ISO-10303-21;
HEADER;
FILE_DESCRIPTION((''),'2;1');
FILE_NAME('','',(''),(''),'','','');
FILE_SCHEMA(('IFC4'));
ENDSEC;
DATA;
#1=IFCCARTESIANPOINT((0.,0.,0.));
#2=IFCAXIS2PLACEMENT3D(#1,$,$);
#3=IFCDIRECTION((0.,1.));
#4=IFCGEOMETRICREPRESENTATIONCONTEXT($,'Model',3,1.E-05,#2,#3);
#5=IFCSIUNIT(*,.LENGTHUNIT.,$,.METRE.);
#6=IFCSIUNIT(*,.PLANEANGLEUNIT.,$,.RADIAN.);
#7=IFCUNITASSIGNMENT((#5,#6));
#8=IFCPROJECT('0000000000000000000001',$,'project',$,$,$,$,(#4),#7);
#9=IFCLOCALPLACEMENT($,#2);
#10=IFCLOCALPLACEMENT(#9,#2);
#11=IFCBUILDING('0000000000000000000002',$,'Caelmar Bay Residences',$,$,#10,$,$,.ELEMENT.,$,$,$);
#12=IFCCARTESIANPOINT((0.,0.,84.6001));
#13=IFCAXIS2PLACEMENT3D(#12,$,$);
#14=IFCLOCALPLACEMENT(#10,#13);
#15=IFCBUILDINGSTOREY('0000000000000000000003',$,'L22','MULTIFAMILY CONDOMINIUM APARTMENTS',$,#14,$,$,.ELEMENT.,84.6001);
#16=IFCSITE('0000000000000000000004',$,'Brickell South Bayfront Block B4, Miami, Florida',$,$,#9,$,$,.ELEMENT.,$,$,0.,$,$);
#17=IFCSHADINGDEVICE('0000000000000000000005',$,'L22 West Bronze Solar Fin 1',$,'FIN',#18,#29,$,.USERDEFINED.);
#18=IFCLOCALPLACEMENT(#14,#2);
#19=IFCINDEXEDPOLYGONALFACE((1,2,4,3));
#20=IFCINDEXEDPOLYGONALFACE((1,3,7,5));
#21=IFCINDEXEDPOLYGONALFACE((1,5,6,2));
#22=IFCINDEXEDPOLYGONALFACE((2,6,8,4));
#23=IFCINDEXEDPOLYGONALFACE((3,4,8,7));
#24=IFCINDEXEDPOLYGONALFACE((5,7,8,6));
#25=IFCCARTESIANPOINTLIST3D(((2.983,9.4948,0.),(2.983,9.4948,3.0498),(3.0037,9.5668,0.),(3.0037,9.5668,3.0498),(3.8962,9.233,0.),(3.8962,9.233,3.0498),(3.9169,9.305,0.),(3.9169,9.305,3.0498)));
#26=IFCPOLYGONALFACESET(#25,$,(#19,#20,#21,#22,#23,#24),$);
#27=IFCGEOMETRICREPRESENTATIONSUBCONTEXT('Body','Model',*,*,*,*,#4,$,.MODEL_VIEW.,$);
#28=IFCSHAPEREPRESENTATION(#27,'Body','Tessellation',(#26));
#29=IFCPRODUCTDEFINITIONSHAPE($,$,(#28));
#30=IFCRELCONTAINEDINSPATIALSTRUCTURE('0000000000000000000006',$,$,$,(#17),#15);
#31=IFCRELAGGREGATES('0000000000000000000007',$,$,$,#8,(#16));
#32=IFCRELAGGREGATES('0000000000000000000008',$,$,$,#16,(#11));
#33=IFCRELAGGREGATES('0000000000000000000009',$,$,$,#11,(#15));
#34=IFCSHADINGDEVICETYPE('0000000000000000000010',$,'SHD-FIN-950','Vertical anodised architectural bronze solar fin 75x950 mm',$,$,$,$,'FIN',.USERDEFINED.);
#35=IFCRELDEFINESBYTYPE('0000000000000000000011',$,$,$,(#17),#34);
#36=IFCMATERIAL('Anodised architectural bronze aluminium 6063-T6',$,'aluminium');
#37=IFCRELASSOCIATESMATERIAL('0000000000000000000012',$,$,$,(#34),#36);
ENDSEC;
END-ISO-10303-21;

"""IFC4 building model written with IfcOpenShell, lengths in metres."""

from ifc_helpers import new_model, si_unit, direction, frame, origin, origin_2d, place, context, subcontext, project, spatial, rectangle, extrude, material, material_profile, profile_set, type_object, element, save


model = new_model("IFC4")

# Units and contexts
model_context = context("Model", 3, precision=1e-05, world=origin(), true_north=direction((0.0, 1.0)))
body_context = subcontext(model_context, "Body", "Model", "MODEL_VIEW")
ifc_project = project(units=[si_unit("LENGTHUNIT", "METRE"), si_unit("PLANEANGLEUNIT", "RADIAN")], contexts=[model_context])

# Site, building, storey
site_placement = place(None, origin())
site = spatial("IfcSite", under=ifc_project, at=site_placement, Name="Brickell South Bayfront Block B4, Miami, Florida", CompositionType="ELEMENT", RefElevation=0.0)
building_placement = place(site_placement, origin())
building = spatial("IfcBuilding", under=site, at=building_placement, Name="Caelmar Bay Residences", CompositionType="ELEMENT")
storey_placement = place(building_placement, frame((0.0, 0.0, 84.6001)))
storey = spatial("IfcBuildingStorey", under=building, at=storey_placement, Name="L22", Description="MULTIFAMILY CONDOMINIUM APARTMENTS", CompositionType="ELEMENT", Elevation=84.6001)

# Shading device
ifc_material_1 = material(Name="Anodised architectural bronze aluminium 6063-T6", Category="aluminium")
ifc_material_profile_1 = material_profile(ifc_material_1, rectangle(XDim=0.075, YDim=0.95, at=origin_2d()), Name="BRONZE-FIN-75X950")
ifc_profile_set_1 = profile_set([ifc_material_profile_1], Name="Anodised architectural bronze aluminium 6063-T6")
shading_device_type = type_object("IfcShadingDeviceType", Name="SHD-FIN-950", Description="Vertical anodised architectural bronze solar fin 75x950 mm", ElementType="FIN", PredefinedType="USERDEFINED", material=ifc_profile_set_1)
shading_device_placement = place(storey_placement, frame((3.45, 9.3999, 0.0), z_axis=(0.0, 0.0, 1.0), x_axis=(0.275637, 0.961262, 0.0)))
element("IfcShadingDevice", 1, at=shading_device_placement, inside=storey, type_object=shading_device_type, Name="L22 West Bronze Solar Fin 1", ObjectType="FIN", PredefinedType="USERDEFINED", context=body_context, shape_type="SweptSolid", body=[
    extrude(rectangle(XDim=0.075, YDim=0.95, at=origin_2d()), origin(), (0.0, 0.0, 1.0), 3.0498),
])

save(model, "model.ifc")
